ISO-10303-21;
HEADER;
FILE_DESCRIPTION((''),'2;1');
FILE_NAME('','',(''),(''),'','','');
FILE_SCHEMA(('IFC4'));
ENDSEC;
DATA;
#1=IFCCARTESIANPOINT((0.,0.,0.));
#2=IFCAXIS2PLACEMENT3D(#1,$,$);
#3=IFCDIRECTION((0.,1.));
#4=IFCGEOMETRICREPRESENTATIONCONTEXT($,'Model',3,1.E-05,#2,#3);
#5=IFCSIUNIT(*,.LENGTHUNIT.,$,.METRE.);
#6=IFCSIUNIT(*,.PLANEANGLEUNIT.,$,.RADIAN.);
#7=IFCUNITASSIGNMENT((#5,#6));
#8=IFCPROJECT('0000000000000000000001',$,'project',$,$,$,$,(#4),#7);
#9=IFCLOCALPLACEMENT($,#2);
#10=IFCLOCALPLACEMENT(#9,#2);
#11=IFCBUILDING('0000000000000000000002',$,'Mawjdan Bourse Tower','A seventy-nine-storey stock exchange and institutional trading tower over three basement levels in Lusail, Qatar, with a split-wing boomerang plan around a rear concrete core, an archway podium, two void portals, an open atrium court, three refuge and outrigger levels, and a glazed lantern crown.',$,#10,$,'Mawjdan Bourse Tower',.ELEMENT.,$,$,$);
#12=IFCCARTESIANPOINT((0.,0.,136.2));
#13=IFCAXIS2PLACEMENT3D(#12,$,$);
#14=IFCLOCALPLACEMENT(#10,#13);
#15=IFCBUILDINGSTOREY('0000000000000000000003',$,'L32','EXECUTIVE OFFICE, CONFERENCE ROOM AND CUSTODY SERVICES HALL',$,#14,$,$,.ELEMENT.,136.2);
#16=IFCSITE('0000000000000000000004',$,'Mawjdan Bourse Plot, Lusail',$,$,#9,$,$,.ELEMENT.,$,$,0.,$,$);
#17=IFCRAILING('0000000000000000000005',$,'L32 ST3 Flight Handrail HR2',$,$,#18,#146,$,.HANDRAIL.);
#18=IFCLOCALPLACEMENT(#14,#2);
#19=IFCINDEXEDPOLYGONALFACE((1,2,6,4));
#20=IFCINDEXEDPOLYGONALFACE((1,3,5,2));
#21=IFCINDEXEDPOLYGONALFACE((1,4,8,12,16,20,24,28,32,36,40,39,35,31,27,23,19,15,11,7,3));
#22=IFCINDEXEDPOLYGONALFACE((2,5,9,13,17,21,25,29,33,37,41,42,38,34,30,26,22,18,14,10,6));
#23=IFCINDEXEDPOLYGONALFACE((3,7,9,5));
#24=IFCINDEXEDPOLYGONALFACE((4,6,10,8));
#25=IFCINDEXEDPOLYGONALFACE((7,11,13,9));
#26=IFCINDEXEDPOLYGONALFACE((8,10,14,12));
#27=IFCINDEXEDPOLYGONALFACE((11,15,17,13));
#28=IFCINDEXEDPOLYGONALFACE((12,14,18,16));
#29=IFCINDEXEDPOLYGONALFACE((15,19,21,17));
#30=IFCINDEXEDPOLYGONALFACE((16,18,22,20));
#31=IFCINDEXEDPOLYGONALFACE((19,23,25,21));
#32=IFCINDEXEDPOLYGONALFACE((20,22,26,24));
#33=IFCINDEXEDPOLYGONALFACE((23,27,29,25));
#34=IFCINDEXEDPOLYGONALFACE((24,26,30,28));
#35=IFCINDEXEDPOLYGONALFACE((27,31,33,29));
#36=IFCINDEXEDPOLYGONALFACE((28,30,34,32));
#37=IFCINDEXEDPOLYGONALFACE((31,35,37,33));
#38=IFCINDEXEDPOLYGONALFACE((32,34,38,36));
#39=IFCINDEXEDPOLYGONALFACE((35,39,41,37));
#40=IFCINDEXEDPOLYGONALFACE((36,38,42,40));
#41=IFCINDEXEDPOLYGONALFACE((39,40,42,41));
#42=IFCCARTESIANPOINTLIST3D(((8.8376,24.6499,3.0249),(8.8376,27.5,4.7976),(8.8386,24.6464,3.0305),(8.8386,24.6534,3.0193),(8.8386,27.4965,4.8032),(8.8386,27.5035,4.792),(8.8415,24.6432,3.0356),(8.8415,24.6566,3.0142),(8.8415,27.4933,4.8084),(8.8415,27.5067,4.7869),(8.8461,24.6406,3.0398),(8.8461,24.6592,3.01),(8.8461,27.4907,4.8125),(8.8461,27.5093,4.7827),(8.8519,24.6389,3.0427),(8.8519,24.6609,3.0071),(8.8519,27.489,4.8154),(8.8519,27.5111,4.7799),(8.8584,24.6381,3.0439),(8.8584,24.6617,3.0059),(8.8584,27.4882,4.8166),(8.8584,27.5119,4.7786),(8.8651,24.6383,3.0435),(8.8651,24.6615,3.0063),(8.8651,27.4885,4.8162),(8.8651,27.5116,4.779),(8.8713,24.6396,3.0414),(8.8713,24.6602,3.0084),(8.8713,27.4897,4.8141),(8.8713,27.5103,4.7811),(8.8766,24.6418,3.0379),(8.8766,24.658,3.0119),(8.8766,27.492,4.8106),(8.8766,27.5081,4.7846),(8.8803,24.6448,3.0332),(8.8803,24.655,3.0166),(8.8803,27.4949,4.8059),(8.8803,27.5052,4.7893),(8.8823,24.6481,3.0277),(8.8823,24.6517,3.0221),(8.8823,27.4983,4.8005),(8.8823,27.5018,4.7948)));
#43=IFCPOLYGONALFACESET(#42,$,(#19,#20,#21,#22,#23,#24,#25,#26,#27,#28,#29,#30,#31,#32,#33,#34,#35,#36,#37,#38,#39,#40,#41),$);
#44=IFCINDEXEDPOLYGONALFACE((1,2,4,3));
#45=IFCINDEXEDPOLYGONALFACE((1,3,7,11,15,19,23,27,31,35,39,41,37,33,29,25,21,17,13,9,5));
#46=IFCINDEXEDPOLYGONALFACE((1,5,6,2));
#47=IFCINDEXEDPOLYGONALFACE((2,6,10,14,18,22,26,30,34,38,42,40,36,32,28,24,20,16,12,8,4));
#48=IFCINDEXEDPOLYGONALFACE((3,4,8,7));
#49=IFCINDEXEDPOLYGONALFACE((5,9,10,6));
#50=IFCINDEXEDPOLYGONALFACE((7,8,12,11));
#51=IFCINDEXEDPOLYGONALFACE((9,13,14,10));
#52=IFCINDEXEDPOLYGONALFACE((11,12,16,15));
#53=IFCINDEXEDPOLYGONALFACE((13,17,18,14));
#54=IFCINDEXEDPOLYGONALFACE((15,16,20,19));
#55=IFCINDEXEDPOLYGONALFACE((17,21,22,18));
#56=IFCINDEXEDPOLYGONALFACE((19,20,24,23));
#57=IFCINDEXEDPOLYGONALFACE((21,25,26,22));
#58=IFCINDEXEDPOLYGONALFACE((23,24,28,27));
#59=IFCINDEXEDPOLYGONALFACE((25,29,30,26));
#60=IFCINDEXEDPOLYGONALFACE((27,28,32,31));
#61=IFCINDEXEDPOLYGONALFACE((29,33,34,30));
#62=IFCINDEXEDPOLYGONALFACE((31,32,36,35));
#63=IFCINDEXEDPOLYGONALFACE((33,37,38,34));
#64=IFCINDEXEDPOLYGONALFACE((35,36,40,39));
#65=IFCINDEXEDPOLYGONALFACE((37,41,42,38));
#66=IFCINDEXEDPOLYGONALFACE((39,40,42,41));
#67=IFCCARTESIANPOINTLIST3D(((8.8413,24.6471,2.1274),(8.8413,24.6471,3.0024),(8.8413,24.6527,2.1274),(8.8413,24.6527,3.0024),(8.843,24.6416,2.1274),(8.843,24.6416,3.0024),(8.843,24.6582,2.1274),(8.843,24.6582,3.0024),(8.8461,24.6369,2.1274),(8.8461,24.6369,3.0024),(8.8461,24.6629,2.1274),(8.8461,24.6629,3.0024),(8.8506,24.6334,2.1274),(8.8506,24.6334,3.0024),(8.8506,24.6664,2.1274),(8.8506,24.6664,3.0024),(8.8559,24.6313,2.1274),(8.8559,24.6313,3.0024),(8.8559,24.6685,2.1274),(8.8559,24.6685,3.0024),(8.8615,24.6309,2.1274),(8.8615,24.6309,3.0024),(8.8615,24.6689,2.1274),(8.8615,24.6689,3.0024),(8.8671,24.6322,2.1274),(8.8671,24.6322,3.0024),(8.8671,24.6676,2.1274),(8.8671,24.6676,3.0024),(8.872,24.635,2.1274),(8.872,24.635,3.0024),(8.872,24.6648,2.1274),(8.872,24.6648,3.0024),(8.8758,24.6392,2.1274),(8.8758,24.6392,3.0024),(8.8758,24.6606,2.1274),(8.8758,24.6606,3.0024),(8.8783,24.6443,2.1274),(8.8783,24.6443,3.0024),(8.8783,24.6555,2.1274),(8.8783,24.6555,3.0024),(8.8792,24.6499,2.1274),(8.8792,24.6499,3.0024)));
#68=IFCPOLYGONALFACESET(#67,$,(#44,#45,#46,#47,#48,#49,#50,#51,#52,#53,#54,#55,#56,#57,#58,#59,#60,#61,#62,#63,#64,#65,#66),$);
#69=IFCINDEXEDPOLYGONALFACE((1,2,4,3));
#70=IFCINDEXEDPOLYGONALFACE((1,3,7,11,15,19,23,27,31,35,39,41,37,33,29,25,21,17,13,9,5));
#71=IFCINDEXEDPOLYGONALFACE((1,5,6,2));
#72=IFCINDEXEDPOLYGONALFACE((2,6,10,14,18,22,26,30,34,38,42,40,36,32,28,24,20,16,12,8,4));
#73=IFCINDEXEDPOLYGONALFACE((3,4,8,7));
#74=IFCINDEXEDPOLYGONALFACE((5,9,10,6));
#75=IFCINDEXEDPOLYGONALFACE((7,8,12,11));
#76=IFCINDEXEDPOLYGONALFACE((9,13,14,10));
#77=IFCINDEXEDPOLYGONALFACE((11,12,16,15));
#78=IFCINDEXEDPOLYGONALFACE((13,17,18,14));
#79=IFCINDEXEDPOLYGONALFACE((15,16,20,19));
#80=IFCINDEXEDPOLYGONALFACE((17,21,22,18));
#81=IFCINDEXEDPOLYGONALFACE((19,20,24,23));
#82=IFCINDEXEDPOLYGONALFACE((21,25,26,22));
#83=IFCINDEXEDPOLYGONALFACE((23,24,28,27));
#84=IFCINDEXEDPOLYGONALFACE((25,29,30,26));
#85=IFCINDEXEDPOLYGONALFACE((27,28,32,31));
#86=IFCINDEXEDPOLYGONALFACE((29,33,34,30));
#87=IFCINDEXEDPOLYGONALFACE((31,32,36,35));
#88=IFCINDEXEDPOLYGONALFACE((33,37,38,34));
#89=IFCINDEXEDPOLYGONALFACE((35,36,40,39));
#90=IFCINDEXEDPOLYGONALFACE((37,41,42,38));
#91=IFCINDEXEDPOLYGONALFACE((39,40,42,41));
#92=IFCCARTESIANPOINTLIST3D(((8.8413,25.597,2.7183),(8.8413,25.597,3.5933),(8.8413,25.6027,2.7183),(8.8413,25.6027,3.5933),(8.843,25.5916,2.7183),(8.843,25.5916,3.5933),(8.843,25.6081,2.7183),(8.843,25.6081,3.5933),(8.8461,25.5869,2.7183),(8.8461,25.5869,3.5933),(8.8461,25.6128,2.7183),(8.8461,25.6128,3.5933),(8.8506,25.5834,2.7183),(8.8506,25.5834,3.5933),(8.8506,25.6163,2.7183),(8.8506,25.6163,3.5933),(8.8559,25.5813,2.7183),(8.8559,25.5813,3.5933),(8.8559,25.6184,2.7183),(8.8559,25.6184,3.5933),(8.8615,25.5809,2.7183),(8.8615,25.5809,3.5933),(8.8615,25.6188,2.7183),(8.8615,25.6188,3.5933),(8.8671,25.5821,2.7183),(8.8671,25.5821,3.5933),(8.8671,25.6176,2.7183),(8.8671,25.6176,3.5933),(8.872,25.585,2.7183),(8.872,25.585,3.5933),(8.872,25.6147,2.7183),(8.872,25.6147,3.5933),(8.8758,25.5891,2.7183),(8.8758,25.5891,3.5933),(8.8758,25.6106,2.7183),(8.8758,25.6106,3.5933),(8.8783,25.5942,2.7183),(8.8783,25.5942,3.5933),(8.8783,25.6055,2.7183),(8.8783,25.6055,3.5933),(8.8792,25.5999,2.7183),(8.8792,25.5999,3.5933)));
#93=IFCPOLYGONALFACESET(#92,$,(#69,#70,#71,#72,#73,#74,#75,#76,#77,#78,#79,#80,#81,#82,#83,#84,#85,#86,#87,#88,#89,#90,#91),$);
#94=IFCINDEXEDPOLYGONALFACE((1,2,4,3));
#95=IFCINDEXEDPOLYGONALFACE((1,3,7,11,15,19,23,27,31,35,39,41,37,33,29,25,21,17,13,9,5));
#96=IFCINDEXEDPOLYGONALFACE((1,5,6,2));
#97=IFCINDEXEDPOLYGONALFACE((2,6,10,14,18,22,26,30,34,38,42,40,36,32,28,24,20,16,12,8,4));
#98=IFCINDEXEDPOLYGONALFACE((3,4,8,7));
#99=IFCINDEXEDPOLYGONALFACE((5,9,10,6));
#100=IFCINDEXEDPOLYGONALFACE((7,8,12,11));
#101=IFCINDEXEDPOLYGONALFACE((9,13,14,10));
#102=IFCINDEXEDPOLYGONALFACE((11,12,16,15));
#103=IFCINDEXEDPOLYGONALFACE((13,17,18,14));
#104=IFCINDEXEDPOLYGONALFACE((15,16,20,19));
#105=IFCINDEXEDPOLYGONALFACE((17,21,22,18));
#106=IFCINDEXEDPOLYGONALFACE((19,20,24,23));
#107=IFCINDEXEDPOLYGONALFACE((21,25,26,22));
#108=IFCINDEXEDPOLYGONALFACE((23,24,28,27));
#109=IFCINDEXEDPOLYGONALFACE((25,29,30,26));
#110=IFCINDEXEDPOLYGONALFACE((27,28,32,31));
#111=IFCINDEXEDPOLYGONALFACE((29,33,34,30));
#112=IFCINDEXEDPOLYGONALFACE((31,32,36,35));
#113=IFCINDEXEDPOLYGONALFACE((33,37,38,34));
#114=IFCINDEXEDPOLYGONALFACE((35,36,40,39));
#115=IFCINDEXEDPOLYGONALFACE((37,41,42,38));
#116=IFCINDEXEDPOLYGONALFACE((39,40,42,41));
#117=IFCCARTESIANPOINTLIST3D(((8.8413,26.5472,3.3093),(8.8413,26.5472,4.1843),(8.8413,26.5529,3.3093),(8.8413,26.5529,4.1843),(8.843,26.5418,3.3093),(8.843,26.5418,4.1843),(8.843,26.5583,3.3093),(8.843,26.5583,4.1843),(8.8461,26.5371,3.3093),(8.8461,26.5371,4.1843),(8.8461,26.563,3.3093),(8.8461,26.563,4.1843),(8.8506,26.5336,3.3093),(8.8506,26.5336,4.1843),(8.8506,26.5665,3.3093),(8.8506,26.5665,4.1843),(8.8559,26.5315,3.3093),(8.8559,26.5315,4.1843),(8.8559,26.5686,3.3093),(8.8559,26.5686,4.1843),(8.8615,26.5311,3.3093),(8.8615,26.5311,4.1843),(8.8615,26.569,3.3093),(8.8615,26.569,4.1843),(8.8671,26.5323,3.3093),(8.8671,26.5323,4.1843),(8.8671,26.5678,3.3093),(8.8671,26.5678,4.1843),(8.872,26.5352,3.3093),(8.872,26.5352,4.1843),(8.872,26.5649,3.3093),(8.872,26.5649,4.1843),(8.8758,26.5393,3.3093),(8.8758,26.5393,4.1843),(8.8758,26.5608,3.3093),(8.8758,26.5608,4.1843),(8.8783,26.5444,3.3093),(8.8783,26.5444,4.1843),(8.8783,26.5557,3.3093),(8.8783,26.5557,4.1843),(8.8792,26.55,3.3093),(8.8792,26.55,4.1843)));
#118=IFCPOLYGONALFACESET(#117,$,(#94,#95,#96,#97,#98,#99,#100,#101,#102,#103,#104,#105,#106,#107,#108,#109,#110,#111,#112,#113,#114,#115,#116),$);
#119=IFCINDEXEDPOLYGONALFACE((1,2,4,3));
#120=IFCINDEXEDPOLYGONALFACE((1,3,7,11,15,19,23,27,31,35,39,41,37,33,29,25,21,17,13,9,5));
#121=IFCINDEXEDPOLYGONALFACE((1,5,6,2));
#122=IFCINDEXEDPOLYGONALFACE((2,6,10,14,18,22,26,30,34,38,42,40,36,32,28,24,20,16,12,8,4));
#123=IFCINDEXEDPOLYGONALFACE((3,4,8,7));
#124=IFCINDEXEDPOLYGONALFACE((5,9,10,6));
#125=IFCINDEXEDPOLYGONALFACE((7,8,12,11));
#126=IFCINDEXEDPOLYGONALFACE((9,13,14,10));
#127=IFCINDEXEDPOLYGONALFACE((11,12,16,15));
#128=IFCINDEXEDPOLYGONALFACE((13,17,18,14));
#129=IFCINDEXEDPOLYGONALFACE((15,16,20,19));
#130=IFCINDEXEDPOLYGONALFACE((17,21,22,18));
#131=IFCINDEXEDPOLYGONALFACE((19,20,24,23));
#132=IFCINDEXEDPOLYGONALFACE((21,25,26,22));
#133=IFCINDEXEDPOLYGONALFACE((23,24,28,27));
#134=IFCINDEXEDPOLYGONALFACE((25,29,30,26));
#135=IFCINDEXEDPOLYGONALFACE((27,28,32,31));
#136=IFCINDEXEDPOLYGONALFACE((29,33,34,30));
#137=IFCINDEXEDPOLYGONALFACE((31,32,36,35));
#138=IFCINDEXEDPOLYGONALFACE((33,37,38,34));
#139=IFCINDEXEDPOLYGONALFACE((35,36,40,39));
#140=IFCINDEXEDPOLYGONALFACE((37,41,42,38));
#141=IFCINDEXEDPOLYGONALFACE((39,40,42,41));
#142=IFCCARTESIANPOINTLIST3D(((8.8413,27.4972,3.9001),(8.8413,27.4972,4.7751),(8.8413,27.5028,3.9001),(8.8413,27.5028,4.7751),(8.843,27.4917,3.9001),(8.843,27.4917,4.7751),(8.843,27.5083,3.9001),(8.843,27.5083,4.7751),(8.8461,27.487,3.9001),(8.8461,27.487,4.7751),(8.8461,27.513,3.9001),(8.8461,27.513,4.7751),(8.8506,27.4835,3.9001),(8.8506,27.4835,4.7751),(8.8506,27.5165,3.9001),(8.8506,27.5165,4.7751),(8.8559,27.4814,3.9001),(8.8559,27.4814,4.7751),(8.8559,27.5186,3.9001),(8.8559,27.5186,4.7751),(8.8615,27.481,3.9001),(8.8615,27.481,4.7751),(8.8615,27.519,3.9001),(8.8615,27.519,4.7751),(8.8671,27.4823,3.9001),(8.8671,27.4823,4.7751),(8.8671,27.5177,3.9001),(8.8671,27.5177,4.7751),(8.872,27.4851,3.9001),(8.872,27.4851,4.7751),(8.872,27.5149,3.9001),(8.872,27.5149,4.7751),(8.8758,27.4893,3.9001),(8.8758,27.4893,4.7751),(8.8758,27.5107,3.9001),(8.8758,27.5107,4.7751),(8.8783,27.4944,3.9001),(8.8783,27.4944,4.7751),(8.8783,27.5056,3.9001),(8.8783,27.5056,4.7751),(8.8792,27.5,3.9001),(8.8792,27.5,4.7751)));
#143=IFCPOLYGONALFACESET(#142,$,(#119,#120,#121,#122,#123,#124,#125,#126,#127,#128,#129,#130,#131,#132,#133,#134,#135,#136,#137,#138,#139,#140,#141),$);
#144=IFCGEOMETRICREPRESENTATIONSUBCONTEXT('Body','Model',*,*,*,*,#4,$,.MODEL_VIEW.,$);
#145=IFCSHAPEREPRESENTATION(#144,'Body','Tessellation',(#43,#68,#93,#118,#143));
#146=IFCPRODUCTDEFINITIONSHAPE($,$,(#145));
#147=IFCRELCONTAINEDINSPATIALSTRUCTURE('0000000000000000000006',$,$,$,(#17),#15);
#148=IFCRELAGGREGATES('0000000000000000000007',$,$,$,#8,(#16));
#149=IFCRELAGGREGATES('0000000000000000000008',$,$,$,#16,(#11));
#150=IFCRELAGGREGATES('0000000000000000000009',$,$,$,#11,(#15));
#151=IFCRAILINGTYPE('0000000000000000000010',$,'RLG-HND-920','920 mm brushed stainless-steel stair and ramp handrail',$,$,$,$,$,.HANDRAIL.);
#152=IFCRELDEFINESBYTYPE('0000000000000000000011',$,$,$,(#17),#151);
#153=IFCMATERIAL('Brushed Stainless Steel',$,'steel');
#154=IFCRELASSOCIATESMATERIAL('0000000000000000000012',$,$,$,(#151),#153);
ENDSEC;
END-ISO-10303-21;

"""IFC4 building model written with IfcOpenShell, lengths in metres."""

from ifc_helpers import new_model, si_unit, direction, frame, origin, origin_2d, place, context, subcontext, project, spatial, circle, extrude, material, type_object, element, save


model = new_model("IFC4")

# Units and contexts
model_context = context("Model", 3, precision=1e-05, world=origin(), true_north=direction((0.0, 1.0)))
body_context = subcontext(model_context, "Body", "Model", "MODEL_VIEW")
ifc_project = project(units=[si_unit("LENGTHUNIT", "METRE"), si_unit("PLANEANGLEUNIT", "RADIAN")], contexts=[model_context])

# Site, building, storey
site_placement = place(None, origin())
site = spatial("IfcSite", under=ifc_project, at=site_placement, Name="Mawjdan Bourse Plot, Lusail", CompositionType="ELEMENT", RefElevation=0.0)
building_placement = place(site_placement, origin())
building = spatial("IfcBuilding", under=site, at=building_placement, Name="Mawjdan Bourse Tower", Description="A seventy-nine-storey stock exchange and institutional trading tower over three basement levels in Lusail, Qatar, with a split-wing boomerang plan around a rear concrete core, an archway podium, two void portals, an open atrium court, three refuge and outrigger levels, and a glazed lantern crown.", LongName="Mawjdan Bourse Tower", CompositionType="ELEMENT")
storey_placement = place(building_placement, frame((0.0, 0.0, 136.2)))
storey = spatial("IfcBuildingStorey", under=building, at=storey_placement, Name="L32", Description="EXECUTIVE OFFICE, CONFERENCE ROOM AND CUSTODY SERVICES HALL", CompositionType="ELEMENT", Elevation=136.2)

# Railing
ifc_material_1 = material(Name="Brushed Stainless Steel", Category="steel")
railing_type_1 = type_object("IfcRailingType", Name="RLG-HND-920", Description="920 mm brushed stainless-steel stair and ramp handrail", PredefinedType="HANDRAIL", material=ifc_material_1)
railing_1_placement = place(storey_placement, frame((8.8601, 24.6499, 2.1274)))
element("IfcRailing", 1, at=railing_1_placement, inside=storey, type_object=railing_type_1, Name="L32 ST3 Flight Handrail HR2", PredefinedType="HANDRAIL", context=body_context, shape_type="SweptSolid", body=[
    extrude(circle(Radius=0.0225, at=origin_2d()), frame((0.0, 0.0, 0.8975), z_axis=(0.0, 0.849149, 0.528154), x_axis=(-1.0, 0.0, 0.0)), (0.0, 0.0, 1.0), 3.3564),
    extrude(circle(Radius=0.019, at=origin_2d()), origin(), (0.0, 0.0, 1.0), 0.875),
    extrude(circle(Radius=0.019, at=origin_2d()), frame((0.0, 0.95, 0.5908)), (0.0, 0.0, 1.0), 0.875),
    extrude(circle(Radius=0.019, at=origin_2d()), frame((0.0, 1.9001, 1.1819)), (0.0, 0.0, 1.0), 0.875),
    extrude(circle(Radius=0.019, at=origin_2d()), frame((0.0, 2.8501, 1.7727)), (0.0, 0.0, 1.0), 0.875),
])

save(model, "model.ifc")
